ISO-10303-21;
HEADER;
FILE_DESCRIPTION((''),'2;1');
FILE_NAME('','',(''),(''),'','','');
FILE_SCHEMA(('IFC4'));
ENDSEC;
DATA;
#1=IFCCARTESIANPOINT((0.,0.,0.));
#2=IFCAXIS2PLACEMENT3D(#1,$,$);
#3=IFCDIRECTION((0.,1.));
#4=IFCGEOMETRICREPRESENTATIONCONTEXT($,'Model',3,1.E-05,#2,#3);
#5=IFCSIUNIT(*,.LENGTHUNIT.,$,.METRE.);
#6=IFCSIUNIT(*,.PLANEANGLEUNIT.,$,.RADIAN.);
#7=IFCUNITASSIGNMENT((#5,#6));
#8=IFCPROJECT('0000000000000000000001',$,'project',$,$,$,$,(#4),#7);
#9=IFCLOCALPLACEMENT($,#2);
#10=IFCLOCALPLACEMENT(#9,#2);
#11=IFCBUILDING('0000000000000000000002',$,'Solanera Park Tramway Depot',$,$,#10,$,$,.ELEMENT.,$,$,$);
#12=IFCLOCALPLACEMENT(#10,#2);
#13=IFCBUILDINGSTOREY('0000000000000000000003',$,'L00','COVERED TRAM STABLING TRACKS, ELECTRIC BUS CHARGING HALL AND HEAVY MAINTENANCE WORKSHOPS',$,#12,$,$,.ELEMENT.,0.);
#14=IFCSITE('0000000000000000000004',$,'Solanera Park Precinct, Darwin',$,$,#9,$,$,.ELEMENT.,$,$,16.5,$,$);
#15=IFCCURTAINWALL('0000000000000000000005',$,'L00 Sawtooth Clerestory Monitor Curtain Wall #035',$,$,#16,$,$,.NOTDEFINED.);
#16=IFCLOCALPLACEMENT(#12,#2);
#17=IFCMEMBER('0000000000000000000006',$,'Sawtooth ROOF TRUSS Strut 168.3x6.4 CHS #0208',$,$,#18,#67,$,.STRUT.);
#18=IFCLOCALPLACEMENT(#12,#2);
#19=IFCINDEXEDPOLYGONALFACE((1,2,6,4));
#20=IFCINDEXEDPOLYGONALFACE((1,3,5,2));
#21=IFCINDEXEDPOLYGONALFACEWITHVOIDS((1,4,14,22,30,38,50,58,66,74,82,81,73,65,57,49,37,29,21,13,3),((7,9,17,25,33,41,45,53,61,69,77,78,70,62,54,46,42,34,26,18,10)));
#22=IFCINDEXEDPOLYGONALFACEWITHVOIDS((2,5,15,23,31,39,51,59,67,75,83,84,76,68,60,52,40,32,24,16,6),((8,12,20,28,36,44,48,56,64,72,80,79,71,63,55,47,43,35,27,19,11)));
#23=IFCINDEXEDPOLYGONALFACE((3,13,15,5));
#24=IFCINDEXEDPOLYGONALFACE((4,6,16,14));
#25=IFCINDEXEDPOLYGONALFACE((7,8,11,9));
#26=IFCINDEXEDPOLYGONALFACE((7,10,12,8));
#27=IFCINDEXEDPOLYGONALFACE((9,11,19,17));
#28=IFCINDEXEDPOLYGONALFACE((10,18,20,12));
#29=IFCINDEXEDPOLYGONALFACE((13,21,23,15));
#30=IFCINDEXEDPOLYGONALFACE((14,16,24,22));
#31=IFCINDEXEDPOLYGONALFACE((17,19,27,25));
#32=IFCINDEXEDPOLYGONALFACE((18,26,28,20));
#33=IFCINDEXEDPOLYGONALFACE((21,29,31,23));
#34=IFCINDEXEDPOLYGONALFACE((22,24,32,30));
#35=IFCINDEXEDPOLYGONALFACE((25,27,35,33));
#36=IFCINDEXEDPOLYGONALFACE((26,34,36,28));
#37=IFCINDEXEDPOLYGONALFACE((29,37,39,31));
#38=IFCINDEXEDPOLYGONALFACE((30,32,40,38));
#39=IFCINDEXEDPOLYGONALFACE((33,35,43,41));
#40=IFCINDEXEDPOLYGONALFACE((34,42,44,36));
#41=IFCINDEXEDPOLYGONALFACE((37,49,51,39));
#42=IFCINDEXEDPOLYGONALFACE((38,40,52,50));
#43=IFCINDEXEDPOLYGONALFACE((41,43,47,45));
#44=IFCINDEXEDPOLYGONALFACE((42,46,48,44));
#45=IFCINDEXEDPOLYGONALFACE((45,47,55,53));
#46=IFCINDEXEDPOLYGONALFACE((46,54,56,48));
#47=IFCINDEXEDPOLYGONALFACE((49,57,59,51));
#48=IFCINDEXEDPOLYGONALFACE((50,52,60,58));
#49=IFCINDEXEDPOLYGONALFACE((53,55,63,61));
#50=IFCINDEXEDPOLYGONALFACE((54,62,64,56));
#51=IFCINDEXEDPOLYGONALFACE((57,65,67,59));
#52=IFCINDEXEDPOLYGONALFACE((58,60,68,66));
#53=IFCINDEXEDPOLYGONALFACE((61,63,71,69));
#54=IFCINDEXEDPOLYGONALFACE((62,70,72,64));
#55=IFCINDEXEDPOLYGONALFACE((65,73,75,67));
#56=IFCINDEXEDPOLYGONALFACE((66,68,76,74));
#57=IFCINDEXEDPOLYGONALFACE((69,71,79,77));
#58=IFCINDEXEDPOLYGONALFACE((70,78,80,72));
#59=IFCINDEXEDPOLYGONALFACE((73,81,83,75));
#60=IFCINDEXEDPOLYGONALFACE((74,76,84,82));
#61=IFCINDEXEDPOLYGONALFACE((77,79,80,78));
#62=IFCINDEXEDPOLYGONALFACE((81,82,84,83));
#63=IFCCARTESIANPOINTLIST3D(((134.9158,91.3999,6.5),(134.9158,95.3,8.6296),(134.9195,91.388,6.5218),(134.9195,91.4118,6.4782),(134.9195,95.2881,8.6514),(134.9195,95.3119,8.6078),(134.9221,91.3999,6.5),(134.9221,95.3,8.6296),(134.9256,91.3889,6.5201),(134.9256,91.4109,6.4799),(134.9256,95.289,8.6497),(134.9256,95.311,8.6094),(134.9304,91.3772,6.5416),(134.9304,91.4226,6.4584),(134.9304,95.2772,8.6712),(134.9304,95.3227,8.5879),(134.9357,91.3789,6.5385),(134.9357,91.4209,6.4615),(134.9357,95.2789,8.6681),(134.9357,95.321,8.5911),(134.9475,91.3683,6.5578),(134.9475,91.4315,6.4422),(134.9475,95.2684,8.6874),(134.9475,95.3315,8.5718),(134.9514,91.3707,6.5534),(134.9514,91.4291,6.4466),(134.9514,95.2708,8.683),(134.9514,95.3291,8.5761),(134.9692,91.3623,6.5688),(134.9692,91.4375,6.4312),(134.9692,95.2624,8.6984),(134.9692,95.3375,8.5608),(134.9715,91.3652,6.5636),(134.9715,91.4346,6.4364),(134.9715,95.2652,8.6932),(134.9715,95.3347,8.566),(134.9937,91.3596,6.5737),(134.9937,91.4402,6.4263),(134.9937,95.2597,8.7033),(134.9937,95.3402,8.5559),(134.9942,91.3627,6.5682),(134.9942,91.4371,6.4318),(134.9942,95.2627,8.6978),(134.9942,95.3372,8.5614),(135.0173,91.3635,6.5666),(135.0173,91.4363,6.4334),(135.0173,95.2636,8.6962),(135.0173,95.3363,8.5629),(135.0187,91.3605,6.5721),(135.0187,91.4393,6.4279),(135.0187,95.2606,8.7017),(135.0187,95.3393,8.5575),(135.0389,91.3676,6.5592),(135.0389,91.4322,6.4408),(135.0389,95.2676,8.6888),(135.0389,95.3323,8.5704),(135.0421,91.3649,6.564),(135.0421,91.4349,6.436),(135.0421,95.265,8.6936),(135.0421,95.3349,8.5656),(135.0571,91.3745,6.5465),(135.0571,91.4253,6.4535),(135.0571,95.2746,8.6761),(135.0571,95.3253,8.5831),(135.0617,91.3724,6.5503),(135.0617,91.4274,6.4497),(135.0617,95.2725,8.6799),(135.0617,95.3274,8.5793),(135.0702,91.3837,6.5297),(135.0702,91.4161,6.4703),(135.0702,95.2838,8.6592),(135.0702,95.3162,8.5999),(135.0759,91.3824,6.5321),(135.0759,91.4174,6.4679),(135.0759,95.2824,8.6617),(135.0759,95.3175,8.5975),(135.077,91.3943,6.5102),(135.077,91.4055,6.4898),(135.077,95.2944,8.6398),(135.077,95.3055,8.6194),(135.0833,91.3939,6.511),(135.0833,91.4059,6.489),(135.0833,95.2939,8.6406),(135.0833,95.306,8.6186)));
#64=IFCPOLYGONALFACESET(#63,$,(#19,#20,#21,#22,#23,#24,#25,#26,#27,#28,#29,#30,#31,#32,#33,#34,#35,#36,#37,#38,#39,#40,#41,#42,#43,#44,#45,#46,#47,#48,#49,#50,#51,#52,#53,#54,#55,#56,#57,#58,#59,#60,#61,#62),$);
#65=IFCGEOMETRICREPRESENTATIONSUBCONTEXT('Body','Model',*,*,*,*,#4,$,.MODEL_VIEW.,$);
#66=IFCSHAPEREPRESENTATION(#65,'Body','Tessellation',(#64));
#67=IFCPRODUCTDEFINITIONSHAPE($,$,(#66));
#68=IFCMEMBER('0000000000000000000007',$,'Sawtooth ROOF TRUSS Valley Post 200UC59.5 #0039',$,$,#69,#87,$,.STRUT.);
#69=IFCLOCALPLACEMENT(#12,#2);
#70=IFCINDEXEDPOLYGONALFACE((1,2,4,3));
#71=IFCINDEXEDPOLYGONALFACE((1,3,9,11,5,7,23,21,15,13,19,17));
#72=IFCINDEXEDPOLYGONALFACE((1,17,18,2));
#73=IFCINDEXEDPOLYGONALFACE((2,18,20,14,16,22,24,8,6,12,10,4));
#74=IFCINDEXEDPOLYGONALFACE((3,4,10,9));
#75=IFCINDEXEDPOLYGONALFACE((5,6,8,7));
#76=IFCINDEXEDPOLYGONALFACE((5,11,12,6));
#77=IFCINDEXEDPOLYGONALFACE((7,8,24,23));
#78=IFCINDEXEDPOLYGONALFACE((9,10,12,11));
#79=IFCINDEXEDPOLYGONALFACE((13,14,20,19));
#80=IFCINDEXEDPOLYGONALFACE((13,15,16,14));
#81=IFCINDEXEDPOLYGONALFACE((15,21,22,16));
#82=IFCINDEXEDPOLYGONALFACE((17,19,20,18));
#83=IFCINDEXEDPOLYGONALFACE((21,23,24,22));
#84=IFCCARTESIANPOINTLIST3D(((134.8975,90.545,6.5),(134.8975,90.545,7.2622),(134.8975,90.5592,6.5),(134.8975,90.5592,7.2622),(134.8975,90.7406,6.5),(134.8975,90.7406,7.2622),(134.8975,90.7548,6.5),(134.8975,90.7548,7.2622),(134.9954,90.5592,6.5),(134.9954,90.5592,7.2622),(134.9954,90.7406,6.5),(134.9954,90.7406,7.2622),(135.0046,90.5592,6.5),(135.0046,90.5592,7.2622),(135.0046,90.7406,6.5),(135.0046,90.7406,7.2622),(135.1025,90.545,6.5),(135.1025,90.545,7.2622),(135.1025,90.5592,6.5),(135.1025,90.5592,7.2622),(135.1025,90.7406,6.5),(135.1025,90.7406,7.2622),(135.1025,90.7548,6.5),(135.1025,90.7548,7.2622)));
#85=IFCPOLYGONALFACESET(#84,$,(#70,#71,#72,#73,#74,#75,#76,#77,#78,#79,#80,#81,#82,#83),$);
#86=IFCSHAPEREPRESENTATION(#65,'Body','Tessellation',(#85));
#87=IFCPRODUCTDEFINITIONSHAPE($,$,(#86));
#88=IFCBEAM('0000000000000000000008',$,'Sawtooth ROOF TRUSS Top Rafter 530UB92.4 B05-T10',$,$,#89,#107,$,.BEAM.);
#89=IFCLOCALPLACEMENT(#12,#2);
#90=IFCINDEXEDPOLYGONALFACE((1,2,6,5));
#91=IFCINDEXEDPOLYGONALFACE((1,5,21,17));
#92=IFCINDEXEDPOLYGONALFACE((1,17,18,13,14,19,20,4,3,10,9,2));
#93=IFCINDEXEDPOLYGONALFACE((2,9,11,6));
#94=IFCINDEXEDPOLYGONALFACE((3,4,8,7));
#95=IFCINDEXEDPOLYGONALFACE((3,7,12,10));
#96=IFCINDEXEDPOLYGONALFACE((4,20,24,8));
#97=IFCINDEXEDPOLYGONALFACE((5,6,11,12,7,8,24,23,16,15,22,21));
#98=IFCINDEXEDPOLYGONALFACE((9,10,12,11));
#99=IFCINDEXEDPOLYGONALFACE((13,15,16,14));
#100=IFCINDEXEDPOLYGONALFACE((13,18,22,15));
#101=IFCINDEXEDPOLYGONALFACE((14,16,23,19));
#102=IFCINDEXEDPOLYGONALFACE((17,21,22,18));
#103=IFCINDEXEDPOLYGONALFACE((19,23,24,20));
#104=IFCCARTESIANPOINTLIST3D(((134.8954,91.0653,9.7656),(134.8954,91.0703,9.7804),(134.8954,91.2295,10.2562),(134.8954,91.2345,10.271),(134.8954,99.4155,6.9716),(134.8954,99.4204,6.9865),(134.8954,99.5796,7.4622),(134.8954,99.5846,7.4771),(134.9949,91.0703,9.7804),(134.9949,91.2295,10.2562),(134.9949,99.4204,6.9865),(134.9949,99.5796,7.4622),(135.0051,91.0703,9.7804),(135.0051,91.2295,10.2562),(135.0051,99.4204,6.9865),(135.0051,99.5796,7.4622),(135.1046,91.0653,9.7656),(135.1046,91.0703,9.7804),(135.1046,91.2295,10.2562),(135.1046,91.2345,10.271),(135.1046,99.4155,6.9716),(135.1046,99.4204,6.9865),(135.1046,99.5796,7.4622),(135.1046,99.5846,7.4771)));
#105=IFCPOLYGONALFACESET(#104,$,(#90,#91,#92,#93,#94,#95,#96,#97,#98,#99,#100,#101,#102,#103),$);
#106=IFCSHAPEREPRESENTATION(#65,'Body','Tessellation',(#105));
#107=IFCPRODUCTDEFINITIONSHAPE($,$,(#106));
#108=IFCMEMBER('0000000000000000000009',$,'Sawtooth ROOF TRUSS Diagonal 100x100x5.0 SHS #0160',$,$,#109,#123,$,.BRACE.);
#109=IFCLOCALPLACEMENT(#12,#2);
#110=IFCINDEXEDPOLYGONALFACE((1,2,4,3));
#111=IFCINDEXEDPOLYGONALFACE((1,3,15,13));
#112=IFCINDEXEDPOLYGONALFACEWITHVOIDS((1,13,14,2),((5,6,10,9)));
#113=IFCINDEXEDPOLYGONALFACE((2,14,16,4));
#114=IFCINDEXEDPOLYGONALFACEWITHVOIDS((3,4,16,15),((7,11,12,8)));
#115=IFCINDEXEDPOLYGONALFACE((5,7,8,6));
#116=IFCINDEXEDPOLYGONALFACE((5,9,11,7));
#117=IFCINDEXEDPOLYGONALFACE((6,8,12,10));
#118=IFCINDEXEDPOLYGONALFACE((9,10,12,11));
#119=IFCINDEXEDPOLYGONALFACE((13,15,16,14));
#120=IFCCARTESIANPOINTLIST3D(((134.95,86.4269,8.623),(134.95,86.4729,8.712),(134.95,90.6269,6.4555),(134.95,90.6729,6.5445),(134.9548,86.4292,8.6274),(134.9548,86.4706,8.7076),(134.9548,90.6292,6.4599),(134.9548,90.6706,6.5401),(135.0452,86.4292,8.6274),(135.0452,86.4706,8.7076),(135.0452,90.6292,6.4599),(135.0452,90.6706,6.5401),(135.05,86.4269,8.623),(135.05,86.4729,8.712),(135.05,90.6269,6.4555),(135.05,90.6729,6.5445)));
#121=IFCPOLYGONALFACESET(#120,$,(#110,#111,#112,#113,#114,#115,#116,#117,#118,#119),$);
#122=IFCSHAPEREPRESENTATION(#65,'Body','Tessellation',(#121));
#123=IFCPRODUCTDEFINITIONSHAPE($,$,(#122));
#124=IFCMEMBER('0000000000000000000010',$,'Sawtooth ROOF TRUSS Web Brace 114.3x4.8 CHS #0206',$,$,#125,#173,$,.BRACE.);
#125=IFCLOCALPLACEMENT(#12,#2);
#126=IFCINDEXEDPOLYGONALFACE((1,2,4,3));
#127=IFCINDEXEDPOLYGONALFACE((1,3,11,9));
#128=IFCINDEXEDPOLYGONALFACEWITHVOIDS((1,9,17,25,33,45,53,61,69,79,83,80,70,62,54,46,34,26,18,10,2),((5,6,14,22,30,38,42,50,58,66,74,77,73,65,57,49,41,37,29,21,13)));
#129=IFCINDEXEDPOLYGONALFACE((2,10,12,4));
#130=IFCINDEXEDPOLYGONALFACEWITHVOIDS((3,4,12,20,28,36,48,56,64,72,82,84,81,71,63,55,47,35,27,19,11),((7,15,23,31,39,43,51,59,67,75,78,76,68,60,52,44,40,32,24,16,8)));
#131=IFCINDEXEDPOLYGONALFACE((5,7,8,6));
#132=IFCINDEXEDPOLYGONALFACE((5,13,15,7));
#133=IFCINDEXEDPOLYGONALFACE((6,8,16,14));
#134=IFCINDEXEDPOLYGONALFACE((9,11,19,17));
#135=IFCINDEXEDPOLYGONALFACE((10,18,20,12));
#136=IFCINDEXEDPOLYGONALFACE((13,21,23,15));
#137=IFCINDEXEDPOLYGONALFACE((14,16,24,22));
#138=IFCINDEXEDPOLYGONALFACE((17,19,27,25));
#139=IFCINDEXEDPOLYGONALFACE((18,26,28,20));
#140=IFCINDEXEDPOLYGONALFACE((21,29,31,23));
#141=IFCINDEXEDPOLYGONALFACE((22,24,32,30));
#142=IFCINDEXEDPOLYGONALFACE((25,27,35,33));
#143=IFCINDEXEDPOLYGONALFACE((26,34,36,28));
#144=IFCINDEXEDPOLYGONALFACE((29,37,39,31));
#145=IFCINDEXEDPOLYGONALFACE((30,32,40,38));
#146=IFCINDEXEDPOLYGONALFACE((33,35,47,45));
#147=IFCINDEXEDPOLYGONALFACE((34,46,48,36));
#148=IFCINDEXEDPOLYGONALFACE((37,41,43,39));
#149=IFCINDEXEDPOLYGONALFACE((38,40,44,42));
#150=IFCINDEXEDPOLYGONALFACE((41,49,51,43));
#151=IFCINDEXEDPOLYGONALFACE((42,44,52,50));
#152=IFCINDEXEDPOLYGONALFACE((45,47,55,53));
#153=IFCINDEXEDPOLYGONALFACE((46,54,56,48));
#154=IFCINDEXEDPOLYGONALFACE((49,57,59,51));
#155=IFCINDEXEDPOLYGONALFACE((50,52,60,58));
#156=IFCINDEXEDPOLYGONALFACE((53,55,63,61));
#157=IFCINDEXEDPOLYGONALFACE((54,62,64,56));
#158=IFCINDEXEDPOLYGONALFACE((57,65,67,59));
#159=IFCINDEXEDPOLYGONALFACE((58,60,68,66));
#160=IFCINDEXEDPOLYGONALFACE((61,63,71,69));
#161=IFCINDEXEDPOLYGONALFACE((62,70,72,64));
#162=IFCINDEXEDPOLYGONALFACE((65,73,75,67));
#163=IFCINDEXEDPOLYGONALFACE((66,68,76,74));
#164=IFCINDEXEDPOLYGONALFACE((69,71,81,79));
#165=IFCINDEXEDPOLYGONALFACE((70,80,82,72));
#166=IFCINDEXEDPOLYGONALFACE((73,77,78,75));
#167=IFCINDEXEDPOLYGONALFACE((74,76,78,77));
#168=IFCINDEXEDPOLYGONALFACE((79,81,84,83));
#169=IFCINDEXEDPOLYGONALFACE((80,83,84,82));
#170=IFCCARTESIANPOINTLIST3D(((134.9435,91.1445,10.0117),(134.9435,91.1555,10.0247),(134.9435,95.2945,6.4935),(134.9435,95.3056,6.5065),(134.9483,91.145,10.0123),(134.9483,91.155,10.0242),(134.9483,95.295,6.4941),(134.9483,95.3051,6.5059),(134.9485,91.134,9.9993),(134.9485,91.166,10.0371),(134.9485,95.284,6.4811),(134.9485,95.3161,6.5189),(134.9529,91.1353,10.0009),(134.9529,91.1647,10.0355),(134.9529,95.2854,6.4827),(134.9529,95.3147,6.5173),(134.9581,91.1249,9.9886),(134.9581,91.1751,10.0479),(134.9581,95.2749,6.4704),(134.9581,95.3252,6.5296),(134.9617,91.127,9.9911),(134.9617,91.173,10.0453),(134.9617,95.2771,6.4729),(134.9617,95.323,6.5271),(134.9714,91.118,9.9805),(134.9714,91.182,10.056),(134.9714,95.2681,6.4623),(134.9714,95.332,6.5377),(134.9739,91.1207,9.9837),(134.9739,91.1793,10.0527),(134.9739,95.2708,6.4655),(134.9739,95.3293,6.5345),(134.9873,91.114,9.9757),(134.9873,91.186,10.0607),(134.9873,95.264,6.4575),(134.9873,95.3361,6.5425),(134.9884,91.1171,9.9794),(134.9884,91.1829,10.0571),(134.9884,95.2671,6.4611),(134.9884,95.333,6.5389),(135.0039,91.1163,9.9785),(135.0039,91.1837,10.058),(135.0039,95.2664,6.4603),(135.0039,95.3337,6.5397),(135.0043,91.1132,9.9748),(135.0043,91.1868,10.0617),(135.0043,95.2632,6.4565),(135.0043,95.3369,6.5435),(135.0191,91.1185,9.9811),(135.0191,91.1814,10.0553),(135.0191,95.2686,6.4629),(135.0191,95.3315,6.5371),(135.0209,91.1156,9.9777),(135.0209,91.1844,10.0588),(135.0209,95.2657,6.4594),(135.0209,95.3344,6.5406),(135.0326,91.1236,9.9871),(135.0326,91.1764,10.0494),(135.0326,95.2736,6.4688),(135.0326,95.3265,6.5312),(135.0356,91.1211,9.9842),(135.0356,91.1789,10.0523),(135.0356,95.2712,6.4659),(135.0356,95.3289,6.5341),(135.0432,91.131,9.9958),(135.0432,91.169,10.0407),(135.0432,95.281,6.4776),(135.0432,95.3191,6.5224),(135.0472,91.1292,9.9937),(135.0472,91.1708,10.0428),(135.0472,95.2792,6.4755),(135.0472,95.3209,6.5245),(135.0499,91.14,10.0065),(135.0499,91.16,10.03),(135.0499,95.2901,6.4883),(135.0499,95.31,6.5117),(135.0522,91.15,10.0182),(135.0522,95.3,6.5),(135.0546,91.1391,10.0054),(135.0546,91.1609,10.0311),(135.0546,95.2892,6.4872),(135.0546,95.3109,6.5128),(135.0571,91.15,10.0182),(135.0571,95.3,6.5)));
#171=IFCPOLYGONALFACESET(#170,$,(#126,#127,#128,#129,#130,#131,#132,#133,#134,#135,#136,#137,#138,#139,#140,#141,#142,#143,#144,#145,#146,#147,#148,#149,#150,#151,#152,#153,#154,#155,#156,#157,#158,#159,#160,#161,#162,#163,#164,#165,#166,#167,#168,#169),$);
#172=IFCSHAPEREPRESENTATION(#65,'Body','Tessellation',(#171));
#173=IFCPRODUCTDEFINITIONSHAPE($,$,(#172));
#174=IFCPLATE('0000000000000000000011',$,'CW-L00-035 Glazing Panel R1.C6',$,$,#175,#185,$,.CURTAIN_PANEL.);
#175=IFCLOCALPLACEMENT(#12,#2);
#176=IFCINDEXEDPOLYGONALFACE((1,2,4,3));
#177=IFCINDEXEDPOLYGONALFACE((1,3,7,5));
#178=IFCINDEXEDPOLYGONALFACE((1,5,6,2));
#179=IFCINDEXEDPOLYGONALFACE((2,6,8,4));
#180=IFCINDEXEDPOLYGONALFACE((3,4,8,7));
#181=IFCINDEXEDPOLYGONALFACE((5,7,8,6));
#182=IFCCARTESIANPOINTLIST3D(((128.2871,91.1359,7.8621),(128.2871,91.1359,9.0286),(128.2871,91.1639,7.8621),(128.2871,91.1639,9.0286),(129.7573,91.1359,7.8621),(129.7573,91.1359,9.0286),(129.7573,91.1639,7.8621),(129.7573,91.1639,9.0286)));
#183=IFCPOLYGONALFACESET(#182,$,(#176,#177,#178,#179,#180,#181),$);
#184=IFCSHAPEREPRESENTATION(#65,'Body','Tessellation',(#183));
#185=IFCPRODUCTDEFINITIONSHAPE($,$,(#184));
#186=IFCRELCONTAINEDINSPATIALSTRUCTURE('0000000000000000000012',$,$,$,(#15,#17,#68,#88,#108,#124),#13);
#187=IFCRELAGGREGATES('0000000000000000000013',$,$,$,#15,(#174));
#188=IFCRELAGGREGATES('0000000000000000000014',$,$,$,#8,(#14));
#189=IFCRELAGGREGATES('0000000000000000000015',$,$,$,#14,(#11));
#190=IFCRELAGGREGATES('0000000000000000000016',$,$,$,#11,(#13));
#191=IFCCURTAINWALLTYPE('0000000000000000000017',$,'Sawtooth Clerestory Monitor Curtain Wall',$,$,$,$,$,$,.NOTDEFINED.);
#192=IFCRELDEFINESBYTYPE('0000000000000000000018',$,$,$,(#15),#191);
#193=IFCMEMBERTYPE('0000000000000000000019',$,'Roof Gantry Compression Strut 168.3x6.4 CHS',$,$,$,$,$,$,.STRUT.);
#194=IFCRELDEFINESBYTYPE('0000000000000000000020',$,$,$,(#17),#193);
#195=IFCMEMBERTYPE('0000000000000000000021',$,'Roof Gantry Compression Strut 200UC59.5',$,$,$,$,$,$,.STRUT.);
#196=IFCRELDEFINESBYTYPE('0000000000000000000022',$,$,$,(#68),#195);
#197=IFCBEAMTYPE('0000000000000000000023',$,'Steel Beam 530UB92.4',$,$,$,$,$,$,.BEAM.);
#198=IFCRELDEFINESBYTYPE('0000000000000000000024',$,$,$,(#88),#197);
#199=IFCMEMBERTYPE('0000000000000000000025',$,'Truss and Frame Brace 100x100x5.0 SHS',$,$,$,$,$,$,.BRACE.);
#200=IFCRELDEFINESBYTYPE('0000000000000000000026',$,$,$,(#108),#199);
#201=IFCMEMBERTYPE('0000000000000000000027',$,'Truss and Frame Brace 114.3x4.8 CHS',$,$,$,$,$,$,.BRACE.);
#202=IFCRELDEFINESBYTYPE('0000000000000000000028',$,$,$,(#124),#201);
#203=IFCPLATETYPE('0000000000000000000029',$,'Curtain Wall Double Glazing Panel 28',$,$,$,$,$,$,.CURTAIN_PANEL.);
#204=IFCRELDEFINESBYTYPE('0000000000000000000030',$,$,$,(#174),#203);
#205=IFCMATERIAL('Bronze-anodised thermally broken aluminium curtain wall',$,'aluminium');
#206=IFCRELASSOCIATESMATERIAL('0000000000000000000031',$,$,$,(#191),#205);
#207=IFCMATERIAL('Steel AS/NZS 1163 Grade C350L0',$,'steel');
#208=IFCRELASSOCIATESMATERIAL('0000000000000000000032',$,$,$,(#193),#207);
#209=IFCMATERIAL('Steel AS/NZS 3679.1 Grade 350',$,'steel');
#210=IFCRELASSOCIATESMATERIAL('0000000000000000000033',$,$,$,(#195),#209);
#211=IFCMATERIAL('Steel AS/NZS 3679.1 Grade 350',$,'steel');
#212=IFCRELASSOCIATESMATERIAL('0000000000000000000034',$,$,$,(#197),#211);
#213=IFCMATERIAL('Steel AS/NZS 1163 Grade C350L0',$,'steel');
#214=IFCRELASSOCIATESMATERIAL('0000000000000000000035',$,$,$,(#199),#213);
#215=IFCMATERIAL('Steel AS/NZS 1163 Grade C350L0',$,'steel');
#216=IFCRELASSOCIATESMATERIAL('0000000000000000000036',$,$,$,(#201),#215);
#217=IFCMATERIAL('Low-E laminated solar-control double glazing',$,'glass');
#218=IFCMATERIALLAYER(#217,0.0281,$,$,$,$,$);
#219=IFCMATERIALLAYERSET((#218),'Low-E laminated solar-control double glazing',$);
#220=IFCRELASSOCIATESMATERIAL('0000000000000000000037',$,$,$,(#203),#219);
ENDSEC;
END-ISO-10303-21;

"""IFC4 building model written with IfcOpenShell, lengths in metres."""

from ifc_helpers import new_model, si_unit, direction, frame, origin, origin_2d, place, context, subcontext, project, spatial, rectangle, hollow_rectangle, hollow_circle, i_section, extrude, material, layer, layer_set, material_profile, profile_set, type_object, element, aggregate, save


model = new_model("IFC4")

# Units and contexts
model_context = context("Model", 3, precision=1e-05, world=origin(), true_north=direction((0.0, 1.0)))
body_context = subcontext(model_context, "Body", "Model", "MODEL_VIEW")
ifc_project = project(units=[si_unit("LENGTHUNIT", "METRE"), si_unit("PLANEANGLEUNIT", "RADIAN")], contexts=[model_context])

# Site, building, storey
site_placement = place(None, origin())
site = spatial("IfcSite", under=ifc_project, at=site_placement, Name="Solanera Park Precinct, Darwin", CompositionType="ELEMENT", RefElevation=16.5)
building_placement = place(site_placement, origin())
building = spatial("IfcBuilding", under=site, at=building_placement, Name="Solanera Park Tramway Depot", CompositionType="ELEMENT")
storey_placement = place(building_placement, origin())
storey = spatial("IfcBuildingStorey", under=building, at=storey_placement, Name="L00", Description="COVERED TRAM STABLING TRACKS, ELECTRIC BUS CHARGING HALL AND HEAVY MAINTENANCE WORKSHOPS", CompositionType="ELEMENT", Elevation=0.0)

# Curtain wall
ifc_material_1 = material(Name="Bronze-anodised thermally broken aluminium curtain wall", Category="aluminium")
curtain_wall_type = type_object("IfcCurtainWallType", Name="Sawtooth Clerestory Monitor Curtain Wall", PredefinedType="NOTDEFINED", material=ifc_material_1)
curtain_wall_placement = place(storey_placement, origin())
curtain_wall = element("IfcCurtainWall", 1, at=curtain_wall_placement, inside=storey, type_object=curtain_wall_type, Name="L00 Sawtooth Clerestory Monitor Curtain Wall #035", PredefinedType="NOTDEFINED")

# Members
ifc_material_2 = material(Name="Steel AS/NZS 1163 Grade C350L0", Category="steel")
ifc_material_profile_1 = material_profile(ifc_material_2, hollow_circle(Radius=0.0842, WallThickness=0.0063, at=origin_2d()), Name="168.3x6.4 CHS")
ifc_profile_set_1 = profile_set([ifc_material_profile_1], Name="Steel AS/NZS 1163 Grade C350L0")
member_type_1 = type_object("IfcMemberType", Name="Roof Gantry Compression Strut 168.3x6.4 CHS", PredefinedType="STRUT", material=ifc_profile_set_1)
member_1_placement = place(storey_placement, frame((135.0, 91.3999, 6.5), z_axis=(0.0, 0.877679, 0.479249), x_axis=(-1.0, 0.0, 0.0)))
element("IfcMember", 2, at=member_1_placement, inside=storey, type_object=member_type_1, Name="Sawtooth ROOF TRUSS Strut 168.3x6.4 CHS #0208", PredefinedType="STRUT", context=body_context, shape_type="SweptSolid", body=[
    extrude(hollow_circle(Radius=0.0842, WallThickness=0.0063, at=origin_2d()), origin(), (0.0, 0.0, 1.0), 4.4436),
])
ifc_material_3 = material(Name="Steel AS/NZS 3679.1 Grade 350", Category="steel")
ifc_material_profile_2 = material_profile(ifc_material_3, i_section(OverallWidth=0.2051, OverallDepth=0.2097, WebThickness=0.0093, FlangeThickness=0.0142, at=origin_2d()), Name="200UC59.5")
ifc_profile_set_2 = profile_set([ifc_material_profile_2], Name="Steel AS/NZS 3679.1 Grade 350")
member_type_2 = type_object("IfcMemberType", Name="Roof Gantry Compression Strut 200UC59.5", PredefinedType="STRUT", material=ifc_profile_set_2)
member_2_placement = place(storey_placement, frame((135.0, 90.6499, 6.5), z_axis=(0.0, 0.0, 1.0), x_axis=(1.0, 0.0, 0.0)))
element("IfcMember", 3, at=member_2_placement, inside=storey, type_object=member_type_2, Name="Sawtooth ROOF TRUSS Valley Post 200UC59.5 #0039", PredefinedType="STRUT", context=body_context, shape_type="SweptSolid", body=[
    extrude(i_section(OverallWidth=0.2051, OverallDepth=0.2097, WebThickness=0.0093, FlangeThickness=0.0142, at=origin_2d()), origin(), (0.0, 0.0, 1.0), 0.7622),
])

# Beam
ifc_material_4 = material(Name="Steel AS/NZS 3679.1 Grade 350", Category="steel")
ifc_material_profile_3 = material_profile(ifc_material_4, i_section(OverallWidth=0.2092, OverallDepth=0.533, WebThickness=0.0103, FlangeThickness=0.0156, at=origin_2d()), Name="530UB92.4")
ifc_profile_set_3 = profile_set([ifc_material_profile_3], Name="Steel AS/NZS 3679.1 Grade 350")
beam_type = type_object("IfcBeamType", Name="Steel Beam 530UB92.4", PredefinedType="BEAM", material=ifc_profile_set_3)
beam_placement = place(storey_placement, frame((135.0, 91.1499, 10.0183), z_axis=(0.0, 0.948322, -0.317309), x_axis=(-1.0, 0.0, 0.0)))
element("IfcBeam", 4, at=beam_placement, inside=storey, type_object=beam_type, Name="Sawtooth ROOF TRUSS Top Rafter 530UB92.4 B05-T10", PredefinedType="BEAM", context=body_context, shape_type="SweptSolid", body=[
    extrude(i_section(OverallWidth=0.2092, OverallDepth=0.533, WebThickness=0.0103, FlangeThickness=0.0156, at=origin_2d()), origin(), (0.0, 0.0, 1.0), 8.8052),
])

# Members
ifc_material_5 = material(Name="Steel AS/NZS 1163 Grade C350L0", Category="steel")
ifc_material_profile_4 = material_profile(ifc_material_5, hollow_rectangle(XDim=0.1001, YDim=0.1001, WallThickness=0.0049, at=origin_2d()), Name="100x100x5.0 SHS")
ifc_profile_set_4 = profile_set([ifc_material_profile_4], Name="Steel AS/NZS 1163 Grade C350L0")
member_type_3 = type_object("IfcMemberType", Name="Truss and Frame Brace 100x100x5.0 SHS", PredefinedType="BRACE", material=ifc_profile_set_4)
member_3_placement = place(storey_placement, frame((135.0, 90.6499, 6.5), z_axis=(0.0, -0.888641, 0.458603), x_axis=(1.0, 0.0, 0.0)))
element("IfcMember", 5, at=member_3_placement, inside=storey, type_object=member_type_3, Name="Sawtooth ROOF TRUSS Diagonal 100x100x5.0 SHS #0160", PredefinedType="BRACE", context=body_context, shape_type="SweptSolid", body=[
    extrude(hollow_rectangle(XDim=0.1001, YDim=0.1001, WallThickness=0.0049, at=origin_2d()), origin(), (0.0, 0.0, 1.0), 4.7263),
])
ifc_material_6 = material(Name="Steel AS/NZS 1163 Grade C350L0", Category="steel")
ifc_material_profile_5 = material_profile(ifc_material_6, hollow_circle(Radius=0.0571, WallThickness=0.0049, at=origin_2d()), Name="114.3x4.8 CHS")
ifc_profile_set_5 = profile_set([ifc_material_profile_5], Name="Steel AS/NZS 1163 Grade C350L0")
member_type_4 = type_object("IfcMemberType", Name="Truss and Frame Brace 114.3x4.8 CHS", PredefinedType="BRACE", material=ifc_profile_set_5)
member_4_placement = place(storey_placement, frame((135.0, 95.3, 6.5), z_axis=(0.0, -0.762783, 0.646654), x_axis=(1.0, 0.0, 0.0)))
element("IfcMember", 6, at=member_4_placement, inside=storey, type_object=member_type_4, Name="Sawtooth ROOF TRUSS Web Brace 114.3x4.8 CHS #0206", PredefinedType="BRACE", context=body_context, shape_type="SweptSolid", body=[
    extrude(hollow_circle(Radius=0.0571, WallThickness=0.0049, at=origin_2d()), origin(), (0.0, 0.0, 1.0), 5.4407),
])

# Plate
ifc_material_7 = material(Name="Low-E laminated solar-control double glazing", Category="glass")
ifc_layer_1 = layer(ifc_material_7, 0.0281)
ifc_layer_set_1 = layer_set([ifc_layer_1], Name="Low-E laminated solar-control double glazing")
plate_type_1 = type_object("IfcPlateType", Name="Curtain Wall Double Glazing Panel 28", PredefinedType="CURTAIN_PANEL", material=ifc_layer_set_1)
plate_1_placement = place(storey_placement, frame((129.0222, 91.1499, 7.8621), z_axis=(0.0, 0.0, 1.0), x_axis=(1.0, 0.0, 0.0)))
plate_1 = element("IfcPlate", 7, at=plate_1_placement, type_object=plate_type_1, Name="CW-L00-035 Glazing Panel R1.C6", PredefinedType="CURTAIN_PANEL", context=body_context, shape_type="SweptSolid", body=[
    extrude(rectangle(XDim=1.4702, YDim=0.0281, at=origin_2d()), origin(), (0.0, 0.0, 1.0), 1.1665),
])
aggregate(curtain_wall, [plate_1])

save(model, "model.ifc")
